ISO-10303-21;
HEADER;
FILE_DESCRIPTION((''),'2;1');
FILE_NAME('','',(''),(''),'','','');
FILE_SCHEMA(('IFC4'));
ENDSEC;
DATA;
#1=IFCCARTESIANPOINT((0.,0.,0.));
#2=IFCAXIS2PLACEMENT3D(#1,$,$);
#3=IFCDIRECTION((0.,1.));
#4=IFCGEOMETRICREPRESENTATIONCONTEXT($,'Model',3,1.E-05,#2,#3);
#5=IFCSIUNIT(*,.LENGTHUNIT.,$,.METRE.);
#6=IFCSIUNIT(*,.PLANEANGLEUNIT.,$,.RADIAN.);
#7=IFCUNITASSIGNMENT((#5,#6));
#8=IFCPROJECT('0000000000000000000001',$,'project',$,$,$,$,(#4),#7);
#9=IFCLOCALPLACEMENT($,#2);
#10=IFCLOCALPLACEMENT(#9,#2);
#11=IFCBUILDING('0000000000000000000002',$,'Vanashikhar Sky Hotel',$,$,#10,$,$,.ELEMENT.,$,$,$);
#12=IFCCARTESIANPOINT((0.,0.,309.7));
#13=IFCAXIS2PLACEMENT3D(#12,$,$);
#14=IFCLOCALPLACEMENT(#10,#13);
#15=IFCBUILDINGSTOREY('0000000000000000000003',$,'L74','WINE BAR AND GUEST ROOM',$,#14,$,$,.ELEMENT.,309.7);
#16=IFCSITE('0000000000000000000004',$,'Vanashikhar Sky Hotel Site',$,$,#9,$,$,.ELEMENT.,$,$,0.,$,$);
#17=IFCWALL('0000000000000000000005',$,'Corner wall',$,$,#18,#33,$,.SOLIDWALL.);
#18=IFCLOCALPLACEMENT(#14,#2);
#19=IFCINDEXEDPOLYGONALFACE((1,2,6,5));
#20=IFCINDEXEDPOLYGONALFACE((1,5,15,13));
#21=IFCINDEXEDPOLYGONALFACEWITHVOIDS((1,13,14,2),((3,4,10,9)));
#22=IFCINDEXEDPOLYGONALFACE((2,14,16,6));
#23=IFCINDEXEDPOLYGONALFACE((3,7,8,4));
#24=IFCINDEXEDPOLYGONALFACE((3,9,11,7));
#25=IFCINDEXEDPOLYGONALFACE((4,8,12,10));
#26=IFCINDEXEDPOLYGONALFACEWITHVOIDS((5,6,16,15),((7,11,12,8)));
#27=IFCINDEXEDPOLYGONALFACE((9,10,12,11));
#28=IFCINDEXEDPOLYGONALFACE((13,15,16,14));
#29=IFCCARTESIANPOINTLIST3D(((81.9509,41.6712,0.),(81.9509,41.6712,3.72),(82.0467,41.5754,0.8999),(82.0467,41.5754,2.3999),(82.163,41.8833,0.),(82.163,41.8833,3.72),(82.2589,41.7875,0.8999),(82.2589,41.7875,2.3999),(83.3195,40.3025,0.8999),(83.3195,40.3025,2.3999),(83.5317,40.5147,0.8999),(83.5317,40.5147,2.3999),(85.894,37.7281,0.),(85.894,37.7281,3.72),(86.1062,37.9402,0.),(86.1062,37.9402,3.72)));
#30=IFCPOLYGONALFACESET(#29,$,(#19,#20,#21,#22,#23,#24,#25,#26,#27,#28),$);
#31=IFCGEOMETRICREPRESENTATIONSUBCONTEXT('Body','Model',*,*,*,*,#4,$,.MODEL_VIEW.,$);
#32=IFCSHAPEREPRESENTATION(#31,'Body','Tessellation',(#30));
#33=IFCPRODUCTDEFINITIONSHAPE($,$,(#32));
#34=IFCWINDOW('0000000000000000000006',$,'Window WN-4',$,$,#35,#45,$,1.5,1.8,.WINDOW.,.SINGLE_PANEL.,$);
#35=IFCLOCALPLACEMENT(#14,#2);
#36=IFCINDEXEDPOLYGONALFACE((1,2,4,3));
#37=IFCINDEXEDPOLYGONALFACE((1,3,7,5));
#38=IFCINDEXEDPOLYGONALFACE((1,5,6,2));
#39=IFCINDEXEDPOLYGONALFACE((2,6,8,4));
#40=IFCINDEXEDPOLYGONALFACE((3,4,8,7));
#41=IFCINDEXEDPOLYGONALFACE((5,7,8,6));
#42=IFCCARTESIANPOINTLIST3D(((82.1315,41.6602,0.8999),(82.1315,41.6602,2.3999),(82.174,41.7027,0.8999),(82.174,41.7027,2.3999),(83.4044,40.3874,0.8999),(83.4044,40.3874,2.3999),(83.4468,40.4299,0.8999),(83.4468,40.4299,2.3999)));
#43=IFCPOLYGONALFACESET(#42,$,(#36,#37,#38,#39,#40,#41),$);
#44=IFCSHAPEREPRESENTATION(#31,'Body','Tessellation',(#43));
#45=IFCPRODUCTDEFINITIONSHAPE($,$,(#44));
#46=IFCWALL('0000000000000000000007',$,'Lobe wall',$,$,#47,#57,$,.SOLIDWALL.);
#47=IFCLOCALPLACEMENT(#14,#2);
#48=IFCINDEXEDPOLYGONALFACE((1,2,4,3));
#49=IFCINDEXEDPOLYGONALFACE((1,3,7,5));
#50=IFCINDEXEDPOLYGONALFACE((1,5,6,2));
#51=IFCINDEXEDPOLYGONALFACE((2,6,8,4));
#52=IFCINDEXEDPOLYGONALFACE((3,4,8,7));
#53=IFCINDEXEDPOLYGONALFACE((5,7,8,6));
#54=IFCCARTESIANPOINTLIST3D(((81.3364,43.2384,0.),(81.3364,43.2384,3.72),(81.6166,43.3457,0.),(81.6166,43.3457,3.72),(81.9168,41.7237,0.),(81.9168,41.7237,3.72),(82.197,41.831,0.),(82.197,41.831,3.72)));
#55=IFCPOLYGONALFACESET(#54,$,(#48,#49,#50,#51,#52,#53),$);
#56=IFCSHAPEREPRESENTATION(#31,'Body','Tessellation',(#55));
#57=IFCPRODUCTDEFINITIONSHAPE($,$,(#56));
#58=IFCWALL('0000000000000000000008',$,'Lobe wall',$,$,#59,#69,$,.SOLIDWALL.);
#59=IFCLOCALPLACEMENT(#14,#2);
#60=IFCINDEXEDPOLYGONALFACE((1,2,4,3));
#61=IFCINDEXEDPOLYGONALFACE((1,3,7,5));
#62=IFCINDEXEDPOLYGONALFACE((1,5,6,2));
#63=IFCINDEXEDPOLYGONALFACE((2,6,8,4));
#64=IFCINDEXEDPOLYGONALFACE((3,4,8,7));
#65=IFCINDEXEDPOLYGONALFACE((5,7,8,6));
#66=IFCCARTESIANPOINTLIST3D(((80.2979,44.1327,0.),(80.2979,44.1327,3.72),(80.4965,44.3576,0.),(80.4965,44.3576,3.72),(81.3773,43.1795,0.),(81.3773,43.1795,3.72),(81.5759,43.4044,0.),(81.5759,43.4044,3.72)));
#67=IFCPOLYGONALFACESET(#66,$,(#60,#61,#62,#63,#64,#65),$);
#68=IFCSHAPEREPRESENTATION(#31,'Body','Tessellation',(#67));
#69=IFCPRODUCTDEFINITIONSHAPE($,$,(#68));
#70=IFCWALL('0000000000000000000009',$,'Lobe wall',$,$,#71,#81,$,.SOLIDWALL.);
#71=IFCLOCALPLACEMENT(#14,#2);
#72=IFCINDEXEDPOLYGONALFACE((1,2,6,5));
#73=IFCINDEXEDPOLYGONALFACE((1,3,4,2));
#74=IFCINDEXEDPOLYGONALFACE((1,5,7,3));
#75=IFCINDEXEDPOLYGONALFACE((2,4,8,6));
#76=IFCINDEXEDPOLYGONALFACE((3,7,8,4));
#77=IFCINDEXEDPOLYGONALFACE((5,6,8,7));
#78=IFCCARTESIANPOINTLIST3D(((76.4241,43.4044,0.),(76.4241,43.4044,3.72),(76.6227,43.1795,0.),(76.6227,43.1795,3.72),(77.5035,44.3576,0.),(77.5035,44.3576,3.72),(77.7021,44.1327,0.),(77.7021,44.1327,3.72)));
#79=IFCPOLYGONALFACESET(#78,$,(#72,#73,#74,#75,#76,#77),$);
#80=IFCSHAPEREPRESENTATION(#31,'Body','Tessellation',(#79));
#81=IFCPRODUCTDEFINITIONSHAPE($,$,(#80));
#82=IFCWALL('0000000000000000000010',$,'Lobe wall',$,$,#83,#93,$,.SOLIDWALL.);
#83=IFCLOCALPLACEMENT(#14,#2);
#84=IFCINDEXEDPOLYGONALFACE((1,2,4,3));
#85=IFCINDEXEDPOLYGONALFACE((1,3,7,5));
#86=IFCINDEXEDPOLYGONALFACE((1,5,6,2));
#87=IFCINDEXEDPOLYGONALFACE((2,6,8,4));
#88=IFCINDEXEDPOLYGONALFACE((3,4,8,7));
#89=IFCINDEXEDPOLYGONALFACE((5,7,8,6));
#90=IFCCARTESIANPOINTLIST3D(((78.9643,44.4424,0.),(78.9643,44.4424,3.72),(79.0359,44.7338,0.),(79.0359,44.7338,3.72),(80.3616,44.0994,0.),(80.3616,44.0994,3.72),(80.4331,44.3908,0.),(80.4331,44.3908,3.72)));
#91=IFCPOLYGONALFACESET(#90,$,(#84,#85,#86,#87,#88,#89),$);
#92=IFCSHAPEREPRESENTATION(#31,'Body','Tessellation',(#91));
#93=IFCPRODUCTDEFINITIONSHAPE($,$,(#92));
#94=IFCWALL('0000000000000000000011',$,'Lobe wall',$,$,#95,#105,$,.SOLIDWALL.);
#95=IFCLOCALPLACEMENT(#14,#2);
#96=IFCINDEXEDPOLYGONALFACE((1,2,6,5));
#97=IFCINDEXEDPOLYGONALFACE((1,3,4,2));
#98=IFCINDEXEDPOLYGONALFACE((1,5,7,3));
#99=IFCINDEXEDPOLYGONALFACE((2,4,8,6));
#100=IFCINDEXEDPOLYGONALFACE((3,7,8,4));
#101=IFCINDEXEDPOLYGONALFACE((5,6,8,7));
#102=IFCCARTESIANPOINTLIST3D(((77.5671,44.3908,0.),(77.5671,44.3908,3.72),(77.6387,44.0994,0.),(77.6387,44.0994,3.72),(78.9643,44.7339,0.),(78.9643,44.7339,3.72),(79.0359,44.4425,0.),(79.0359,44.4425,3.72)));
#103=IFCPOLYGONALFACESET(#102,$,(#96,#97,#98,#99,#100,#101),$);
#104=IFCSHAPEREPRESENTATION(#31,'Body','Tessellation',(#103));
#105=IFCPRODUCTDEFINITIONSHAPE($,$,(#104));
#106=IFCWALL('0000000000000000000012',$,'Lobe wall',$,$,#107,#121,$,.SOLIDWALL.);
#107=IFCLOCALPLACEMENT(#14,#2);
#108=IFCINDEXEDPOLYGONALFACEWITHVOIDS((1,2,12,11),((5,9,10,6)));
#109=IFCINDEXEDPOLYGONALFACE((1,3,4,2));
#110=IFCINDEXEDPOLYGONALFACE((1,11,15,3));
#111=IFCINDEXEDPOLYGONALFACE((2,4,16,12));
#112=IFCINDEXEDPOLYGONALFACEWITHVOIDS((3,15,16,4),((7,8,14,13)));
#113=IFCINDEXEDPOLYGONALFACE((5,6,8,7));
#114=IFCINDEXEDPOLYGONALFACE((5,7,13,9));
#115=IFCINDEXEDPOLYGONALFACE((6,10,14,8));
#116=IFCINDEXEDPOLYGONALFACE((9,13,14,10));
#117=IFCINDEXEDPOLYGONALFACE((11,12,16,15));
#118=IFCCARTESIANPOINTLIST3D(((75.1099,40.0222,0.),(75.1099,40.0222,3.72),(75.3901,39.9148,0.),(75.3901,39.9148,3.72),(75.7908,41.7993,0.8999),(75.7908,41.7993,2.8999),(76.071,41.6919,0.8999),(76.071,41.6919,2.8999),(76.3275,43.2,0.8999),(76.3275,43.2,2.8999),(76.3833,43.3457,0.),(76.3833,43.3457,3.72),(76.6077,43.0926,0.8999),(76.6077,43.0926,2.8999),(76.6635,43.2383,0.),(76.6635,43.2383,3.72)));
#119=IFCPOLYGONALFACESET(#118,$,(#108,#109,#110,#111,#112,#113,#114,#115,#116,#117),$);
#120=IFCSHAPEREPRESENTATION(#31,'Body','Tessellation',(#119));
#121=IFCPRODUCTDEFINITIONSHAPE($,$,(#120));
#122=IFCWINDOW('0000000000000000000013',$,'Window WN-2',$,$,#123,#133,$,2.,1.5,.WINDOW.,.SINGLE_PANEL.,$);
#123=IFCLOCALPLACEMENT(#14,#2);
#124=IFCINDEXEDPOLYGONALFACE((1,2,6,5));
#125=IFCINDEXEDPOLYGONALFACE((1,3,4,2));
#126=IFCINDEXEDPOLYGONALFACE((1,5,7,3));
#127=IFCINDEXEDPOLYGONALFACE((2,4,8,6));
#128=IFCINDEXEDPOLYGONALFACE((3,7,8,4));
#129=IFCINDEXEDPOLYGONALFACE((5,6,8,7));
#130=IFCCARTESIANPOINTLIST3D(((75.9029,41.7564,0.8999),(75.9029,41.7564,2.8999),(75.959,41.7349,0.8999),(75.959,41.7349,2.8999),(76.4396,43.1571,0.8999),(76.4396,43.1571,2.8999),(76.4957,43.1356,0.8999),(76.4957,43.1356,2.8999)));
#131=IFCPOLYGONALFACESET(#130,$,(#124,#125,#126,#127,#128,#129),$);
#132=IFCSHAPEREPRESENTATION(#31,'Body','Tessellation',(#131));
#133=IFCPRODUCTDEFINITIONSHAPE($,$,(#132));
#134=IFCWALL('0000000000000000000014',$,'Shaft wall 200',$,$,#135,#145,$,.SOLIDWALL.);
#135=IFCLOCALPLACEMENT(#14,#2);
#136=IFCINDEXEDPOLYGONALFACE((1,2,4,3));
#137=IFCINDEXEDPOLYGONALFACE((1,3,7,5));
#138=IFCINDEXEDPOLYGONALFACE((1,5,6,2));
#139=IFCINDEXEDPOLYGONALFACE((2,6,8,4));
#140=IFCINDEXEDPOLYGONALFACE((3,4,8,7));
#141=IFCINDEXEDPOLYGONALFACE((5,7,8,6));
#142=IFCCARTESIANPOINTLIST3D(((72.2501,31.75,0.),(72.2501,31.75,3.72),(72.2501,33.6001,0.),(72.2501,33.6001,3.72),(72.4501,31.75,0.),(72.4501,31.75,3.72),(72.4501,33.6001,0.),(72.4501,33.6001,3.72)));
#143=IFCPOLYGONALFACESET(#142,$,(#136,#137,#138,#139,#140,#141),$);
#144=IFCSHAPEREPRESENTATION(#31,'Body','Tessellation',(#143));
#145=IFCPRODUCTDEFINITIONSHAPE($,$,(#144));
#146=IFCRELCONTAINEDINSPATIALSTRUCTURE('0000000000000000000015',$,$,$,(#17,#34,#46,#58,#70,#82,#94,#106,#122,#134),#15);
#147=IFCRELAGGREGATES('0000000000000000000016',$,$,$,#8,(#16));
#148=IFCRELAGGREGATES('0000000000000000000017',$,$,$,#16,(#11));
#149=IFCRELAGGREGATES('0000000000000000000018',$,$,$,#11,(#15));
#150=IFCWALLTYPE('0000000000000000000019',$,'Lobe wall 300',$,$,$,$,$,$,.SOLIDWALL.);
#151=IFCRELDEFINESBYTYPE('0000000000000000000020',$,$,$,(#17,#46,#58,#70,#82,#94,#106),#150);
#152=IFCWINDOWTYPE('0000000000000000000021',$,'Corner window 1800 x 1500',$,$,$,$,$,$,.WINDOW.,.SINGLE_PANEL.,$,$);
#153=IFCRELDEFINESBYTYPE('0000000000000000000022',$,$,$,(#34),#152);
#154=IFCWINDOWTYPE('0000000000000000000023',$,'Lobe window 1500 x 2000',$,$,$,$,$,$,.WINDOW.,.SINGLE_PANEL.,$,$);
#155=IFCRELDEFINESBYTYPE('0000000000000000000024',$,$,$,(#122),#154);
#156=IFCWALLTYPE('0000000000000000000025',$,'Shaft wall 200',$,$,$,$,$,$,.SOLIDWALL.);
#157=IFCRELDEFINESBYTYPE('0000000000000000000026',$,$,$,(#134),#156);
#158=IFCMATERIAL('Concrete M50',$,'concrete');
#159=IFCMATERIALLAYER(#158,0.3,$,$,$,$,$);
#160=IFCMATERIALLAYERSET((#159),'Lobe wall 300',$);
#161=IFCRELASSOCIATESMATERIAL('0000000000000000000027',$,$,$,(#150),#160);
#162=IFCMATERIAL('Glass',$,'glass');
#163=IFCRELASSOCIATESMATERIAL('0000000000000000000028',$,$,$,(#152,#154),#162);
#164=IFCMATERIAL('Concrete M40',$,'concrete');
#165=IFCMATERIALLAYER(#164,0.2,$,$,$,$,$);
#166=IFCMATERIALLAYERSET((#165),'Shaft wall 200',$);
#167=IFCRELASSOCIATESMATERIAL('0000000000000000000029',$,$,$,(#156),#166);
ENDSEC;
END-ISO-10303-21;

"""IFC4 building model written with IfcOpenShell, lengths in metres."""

from ifc_helpers import new_model, si_unit, direction, frame, frame_2d, origin, place, context, subcontext, project, spatial, rectangle, extrude, source, transform, mapped, material, layer, layer_set, type_object, element, fill, save


model = new_model("IFC4")

# Units and contexts
model_context = context("Model", 3, precision=1e-05, world=origin(), true_north=direction((0.0, 1.0)))
body_context = subcontext(model_context, "Body", "Model", "MODEL_VIEW")
ifc_project = project(units=[si_unit("LENGTHUNIT", "METRE"), si_unit("PLANEANGLEUNIT", "RADIAN")], contexts=[model_context])

# Site, building, storey
site_placement = place(None, origin())
site = spatial("IfcSite", under=ifc_project, at=site_placement, Name="Vanashikhar Sky Hotel Site", CompositionType="ELEMENT", RefElevation=0.0)
building_placement = place(site_placement, origin())
building = spatial("IfcBuilding", under=site, at=building_placement, Name="Vanashikhar Sky Hotel", CompositionType="ELEMENT")
storey_placement = place(building_placement, frame((0.0, 0.0, 309.7)))
storey = spatial("IfcBuildingStorey", under=building, at=storey_placement, Name="L74", Description="WINE BAR AND GUEST ROOM", CompositionType="ELEMENT", Elevation=309.7)

# Wall, opening, window
ifc_material_1 = material(Name="Concrete M50", Category="concrete")
ifc_layer_1 = layer(ifc_material_1, 0.3)
ifc_layer_set_1 = layer_set([ifc_layer_1], Name="Lobe wall 300")
wall_type_1 = type_object("IfcWallType", Name="Lobe wall 300", PredefinedType="SOLIDWALL", material=ifc_layer_set_1)
shared_shape_1 = source(origin(), body_context, "Body", "SweptSolid", [
    extrude(rectangle(XDim=5.5764, YDim=0.3, at=frame_2d((2.7881, 0.0))), origin(), (0.0, 0.0, 1.0), 3.72),
])
wall_1_placement = place(storey_placement, frame((86.0, 37.8342, 0.0), z_axis=(0.0, 0.0, 1.0), x_axis=(-0.707107, 0.707107, 0.0)))
wall_1 = element("IfcWall", 1, at=wall_1_placement, inside=storey, type_object=wall_type_1, Name="Corner wall", PredefinedType="SOLIDWALL", context=body_context, shape_type="MappedRepresentation", body=[
    mapped(shared_shape_1, transform((0.0, 0.0, 0.0), scale=1.0)),
])
shared_shape_2 = source(origin(), body_context, "Body", "SweptSolid", [
    extrude(rectangle(XDim=1.8, YDim=1.5, at=frame_2d((0.8999, 0.75))), frame((0.0, 0.1602, 0.0), z_axis=(0.0, -1.0, 0.0), x_axis=(1.0, 0.0, 0.0)), (0.0, 0.0, 1.0), 0.3201),
])
opening_1_placement = place(wall_1_placement, frame((3.6409, 0.0, 0.8999)))
opening_1 = element("IfcOpeningElement", 2, at=opening_1_placement, cuts=wall_1, PredefinedType="OPENING", context=body_context, shape_type="MappedRepresentation", body=[
    mapped(shared_shape_2, transform((0.0, 0.0, 0.0), scale=1.0)),
])
ifc_material_2 = material(Name="Glass", Category="glass")
window_type_1 = type_object("IfcWindowType", Name="Corner window 1800 x 1500", PartitioningType="SINGLE_PANEL", PredefinedType="WINDOW", material=ifc_material_2)
shared_shape_3 = source(origin(), body_context, "Body", "SweptSolid", [
    extrude(rectangle(XDim=1.8, YDim=1.5, at=frame_2d((0.8999, 0.75))), frame((0.0, 0.03, 0.0), z_axis=(0.0, -1.0, 0.0), x_axis=(1.0, 0.0, 0.0)), (0.0, 0.0, 1.0), 0.0601),
])
window_1_placement = place(opening_1_placement, origin())
window_1 = element("IfcWindow", 3, at=window_1_placement, inside=storey, type_object=window_type_1, Name="Window WN-4", OverallHeight=1.5, OverallWidth=1.8, PartitioningType="SINGLE_PANEL", PredefinedType="WINDOW", context=body_context, shape_type="MappedRepresentation", body=[
    mapped(shared_shape_3, transform((0.0, 0.0, 0.0), scale=1.0)),
])
fill(opening_1, window_1)

# Walls
shared_shape_4 = source(origin(), body_context, "Body", "SweptSolid", [
    extrude(rectangle(XDim=1.6221, YDim=0.3, at=frame_2d((0.811, 0.0))), origin(), (0.0, 0.0, 1.0), 3.72),
])
wall_2_placement = place(storey_placement, frame((82.0569, 41.7773, 0.0), z_axis=(0.0, 0.0, 1.0), x_axis=(-0.357779, 0.933806, 0.0)))
element("IfcWall", 4, at=wall_2_placement, inside=storey, type_object=wall_type_1, Name="Lobe wall", PredefinedType="SOLIDWALL", context=body_context, shape_type="MappedRepresentation", body=[
    mapped(shared_shape_4, transform((0.0, 0.0, 0.0), scale=1.0)),
])
shared_shape_5 = source(origin(), body_context, "Body", "SweptSolid", [
    extrude(rectangle(XDim=1.4399, YDim=0.3, at=frame_2d((0.72, 0.0))), origin(), (0.0, 0.0, 1.0), 3.72),
])
for number, where, z_axis, x_axis, name in (
    (5, (81.4766, 43.292, 0.0), (0.0, 0.0, 1.0), (-0.749576, 0.661919, 0.0), "Lobe wall"),
    (6, (77.6028, 44.2451, 0.0), (0.0, 0.0, 1.0), (-0.749576, -0.661919, 0.0), "Lobe wall"),
):
    element("IfcWall", number, at=place(storey_placement, frame(where, z_axis=z_axis, x_axis=x_axis)), inside=storey, type_object=wall_type_1, Name=name, PredefinedType="SOLIDWALL", context=body_context, shape_type="MappedRepresentation", body=[
        mapped(shared_shape_5, transform((0.0, 0.0, 0.0), scale=1.0)),
    ])
shared_shape_6 = source(origin(), body_context, "Body", "SweptSolid", [
    extrude(rectangle(XDim=1.4387, YDim=0.3, at=frame_2d((0.7192, 0.0))), origin(), (0.0, 0.0, 1.0), 3.72),
])
for number, where, z_axis, x_axis, name in (
    (7, (80.3972, 44.2451, 0.0), (0.0, 0.0, 1.0), (-0.971162, 0.238421, 0.0), "Lobe wall"),
    (8, (79.0, 44.5881, 0.0), (0.0, 0.0, 1.0), (-0.971162, -0.238421, 0.0), "Lobe wall"),
):
    element("IfcWall", number, at=place(storey_placement, frame(where, z_axis=z_axis, x_axis=x_axis)), inside=storey, type_object=wall_type_1, Name=name, PredefinedType="SOLIDWALL", context=body_context, shape_type="MappedRepresentation", body=[
        mapped(shared_shape_6, transform((0.0, 0.0, 0.0), scale=1.0)),
    ])

# Wall, opening, window
shared_shape_7 = source(origin(), body_context, "Body", "SweptSolid", [
    extrude(rectangle(XDim=3.5591, YDim=0.3, at=frame_2d((1.7795, 0.0))), origin(), (0.0, 0.0, 1.0), 3.72),
])
wall_3_placement = place(storey_placement, frame((76.5234, 43.292, 0.0), z_axis=(0.0, 0.0, 1.0), x_axis=(-0.357797, -0.933799, 0.0)))
wall_3 = element("IfcWall", 9, at=wall_3_placement, inside=storey, type_object=wall_type_1, Name="Lobe wall", PredefinedType="SOLIDWALL", context=body_context, shape_type="MappedRepresentation", body=[
    mapped(shared_shape_7, transform((0.0, 0.0, 0.0), scale=1.0)),
])
shared_shape_8 = source(origin(), body_context, "Body", "SweptSolid", [
    extrude(rectangle(XDim=1.5, YDim=2.0, at=frame_2d((0.75, 1.0))), frame((0.0, 0.1602, 0.0), z_axis=(0.0, -1.0, 0.0), x_axis=(1.0, 0.0, 0.0)), (0.0, 0.0, 1.0), 0.3201),
])
opening_2_placement = place(wall_3_placement, frame((0.156, 0.0, 0.8999)))
opening_2 = element("IfcOpeningElement", 10, at=opening_2_placement, cuts=wall_3, PredefinedType="OPENING", context=body_context, shape_type="MappedRepresentation", body=[
    mapped(shared_shape_8, transform((0.0, 0.0, 0.0), scale=1.0)),
])
window_type_2 = type_object("IfcWindowType", Name="Lobe window 1500 x 2000", PartitioningType="SINGLE_PANEL", PredefinedType="WINDOW", material=ifc_material_2)
shared_shape_9 = source(origin(), body_context, "Body", "SweptSolid", [
    extrude(rectangle(XDim=1.5, YDim=2.0, at=frame_2d((0.75, 1.0))), frame((0.0, 0.03, 0.0), z_axis=(0.0, -1.0, 0.0), x_axis=(1.0, 0.0, 0.0)), (0.0, 0.0, 1.0), 0.0601),
])
window_2_placement = place(opening_2_placement, origin())
window_2 = element("IfcWindow", 11, at=window_2_placement, inside=storey, type_object=window_type_2, Name="Window WN-2", OverallHeight=2.0, OverallWidth=1.5, PartitioningType="SINGLE_PANEL", PredefinedType="WINDOW", context=body_context, shape_type="MappedRepresentation", body=[
    mapped(shared_shape_9, transform((0.0, 0.0, 0.0), scale=1.0)),
])
fill(opening_2, window_2)

# Wall
ifc_material_3 = material(Name="Concrete M40", Category="concrete")
ifc_layer_2 = layer(ifc_material_3, 0.2)
ifc_layer_set_2 = layer_set([ifc_layer_2], Name="Shaft wall 200")
wall_type_2 = type_object("IfcWallType", Name="Shaft wall 200", PredefinedType="SOLIDWALL", material=ifc_layer_set_2)
shared_shape_10 = source(origin(), body_context, "Body", "SweptSolid", [
    extrude(rectangle(XDim=1.8501, YDim=0.2, at=frame_2d((0.925, 0.0))), origin(), (0.0, 0.0, 1.0), 3.72),
])
wall_4_placement = place(storey_placement, frame((72.3501, 31.75, 0.0), z_axis=(0.0, 0.0, 1.0), x_axis=(0.0, 1.0, 0.0)))
element("IfcWall", 12, at=wall_4_placement, inside=storey, type_object=wall_type_2, Name="Shaft wall 200", PredefinedType="SOLIDWALL", context=body_context, shape_type="MappedRepresentation", body=[
    mapped(shared_shape_10, transform((0.0, 0.0, 0.0), scale=1.0)),
])

save(model, "model.ifc")
